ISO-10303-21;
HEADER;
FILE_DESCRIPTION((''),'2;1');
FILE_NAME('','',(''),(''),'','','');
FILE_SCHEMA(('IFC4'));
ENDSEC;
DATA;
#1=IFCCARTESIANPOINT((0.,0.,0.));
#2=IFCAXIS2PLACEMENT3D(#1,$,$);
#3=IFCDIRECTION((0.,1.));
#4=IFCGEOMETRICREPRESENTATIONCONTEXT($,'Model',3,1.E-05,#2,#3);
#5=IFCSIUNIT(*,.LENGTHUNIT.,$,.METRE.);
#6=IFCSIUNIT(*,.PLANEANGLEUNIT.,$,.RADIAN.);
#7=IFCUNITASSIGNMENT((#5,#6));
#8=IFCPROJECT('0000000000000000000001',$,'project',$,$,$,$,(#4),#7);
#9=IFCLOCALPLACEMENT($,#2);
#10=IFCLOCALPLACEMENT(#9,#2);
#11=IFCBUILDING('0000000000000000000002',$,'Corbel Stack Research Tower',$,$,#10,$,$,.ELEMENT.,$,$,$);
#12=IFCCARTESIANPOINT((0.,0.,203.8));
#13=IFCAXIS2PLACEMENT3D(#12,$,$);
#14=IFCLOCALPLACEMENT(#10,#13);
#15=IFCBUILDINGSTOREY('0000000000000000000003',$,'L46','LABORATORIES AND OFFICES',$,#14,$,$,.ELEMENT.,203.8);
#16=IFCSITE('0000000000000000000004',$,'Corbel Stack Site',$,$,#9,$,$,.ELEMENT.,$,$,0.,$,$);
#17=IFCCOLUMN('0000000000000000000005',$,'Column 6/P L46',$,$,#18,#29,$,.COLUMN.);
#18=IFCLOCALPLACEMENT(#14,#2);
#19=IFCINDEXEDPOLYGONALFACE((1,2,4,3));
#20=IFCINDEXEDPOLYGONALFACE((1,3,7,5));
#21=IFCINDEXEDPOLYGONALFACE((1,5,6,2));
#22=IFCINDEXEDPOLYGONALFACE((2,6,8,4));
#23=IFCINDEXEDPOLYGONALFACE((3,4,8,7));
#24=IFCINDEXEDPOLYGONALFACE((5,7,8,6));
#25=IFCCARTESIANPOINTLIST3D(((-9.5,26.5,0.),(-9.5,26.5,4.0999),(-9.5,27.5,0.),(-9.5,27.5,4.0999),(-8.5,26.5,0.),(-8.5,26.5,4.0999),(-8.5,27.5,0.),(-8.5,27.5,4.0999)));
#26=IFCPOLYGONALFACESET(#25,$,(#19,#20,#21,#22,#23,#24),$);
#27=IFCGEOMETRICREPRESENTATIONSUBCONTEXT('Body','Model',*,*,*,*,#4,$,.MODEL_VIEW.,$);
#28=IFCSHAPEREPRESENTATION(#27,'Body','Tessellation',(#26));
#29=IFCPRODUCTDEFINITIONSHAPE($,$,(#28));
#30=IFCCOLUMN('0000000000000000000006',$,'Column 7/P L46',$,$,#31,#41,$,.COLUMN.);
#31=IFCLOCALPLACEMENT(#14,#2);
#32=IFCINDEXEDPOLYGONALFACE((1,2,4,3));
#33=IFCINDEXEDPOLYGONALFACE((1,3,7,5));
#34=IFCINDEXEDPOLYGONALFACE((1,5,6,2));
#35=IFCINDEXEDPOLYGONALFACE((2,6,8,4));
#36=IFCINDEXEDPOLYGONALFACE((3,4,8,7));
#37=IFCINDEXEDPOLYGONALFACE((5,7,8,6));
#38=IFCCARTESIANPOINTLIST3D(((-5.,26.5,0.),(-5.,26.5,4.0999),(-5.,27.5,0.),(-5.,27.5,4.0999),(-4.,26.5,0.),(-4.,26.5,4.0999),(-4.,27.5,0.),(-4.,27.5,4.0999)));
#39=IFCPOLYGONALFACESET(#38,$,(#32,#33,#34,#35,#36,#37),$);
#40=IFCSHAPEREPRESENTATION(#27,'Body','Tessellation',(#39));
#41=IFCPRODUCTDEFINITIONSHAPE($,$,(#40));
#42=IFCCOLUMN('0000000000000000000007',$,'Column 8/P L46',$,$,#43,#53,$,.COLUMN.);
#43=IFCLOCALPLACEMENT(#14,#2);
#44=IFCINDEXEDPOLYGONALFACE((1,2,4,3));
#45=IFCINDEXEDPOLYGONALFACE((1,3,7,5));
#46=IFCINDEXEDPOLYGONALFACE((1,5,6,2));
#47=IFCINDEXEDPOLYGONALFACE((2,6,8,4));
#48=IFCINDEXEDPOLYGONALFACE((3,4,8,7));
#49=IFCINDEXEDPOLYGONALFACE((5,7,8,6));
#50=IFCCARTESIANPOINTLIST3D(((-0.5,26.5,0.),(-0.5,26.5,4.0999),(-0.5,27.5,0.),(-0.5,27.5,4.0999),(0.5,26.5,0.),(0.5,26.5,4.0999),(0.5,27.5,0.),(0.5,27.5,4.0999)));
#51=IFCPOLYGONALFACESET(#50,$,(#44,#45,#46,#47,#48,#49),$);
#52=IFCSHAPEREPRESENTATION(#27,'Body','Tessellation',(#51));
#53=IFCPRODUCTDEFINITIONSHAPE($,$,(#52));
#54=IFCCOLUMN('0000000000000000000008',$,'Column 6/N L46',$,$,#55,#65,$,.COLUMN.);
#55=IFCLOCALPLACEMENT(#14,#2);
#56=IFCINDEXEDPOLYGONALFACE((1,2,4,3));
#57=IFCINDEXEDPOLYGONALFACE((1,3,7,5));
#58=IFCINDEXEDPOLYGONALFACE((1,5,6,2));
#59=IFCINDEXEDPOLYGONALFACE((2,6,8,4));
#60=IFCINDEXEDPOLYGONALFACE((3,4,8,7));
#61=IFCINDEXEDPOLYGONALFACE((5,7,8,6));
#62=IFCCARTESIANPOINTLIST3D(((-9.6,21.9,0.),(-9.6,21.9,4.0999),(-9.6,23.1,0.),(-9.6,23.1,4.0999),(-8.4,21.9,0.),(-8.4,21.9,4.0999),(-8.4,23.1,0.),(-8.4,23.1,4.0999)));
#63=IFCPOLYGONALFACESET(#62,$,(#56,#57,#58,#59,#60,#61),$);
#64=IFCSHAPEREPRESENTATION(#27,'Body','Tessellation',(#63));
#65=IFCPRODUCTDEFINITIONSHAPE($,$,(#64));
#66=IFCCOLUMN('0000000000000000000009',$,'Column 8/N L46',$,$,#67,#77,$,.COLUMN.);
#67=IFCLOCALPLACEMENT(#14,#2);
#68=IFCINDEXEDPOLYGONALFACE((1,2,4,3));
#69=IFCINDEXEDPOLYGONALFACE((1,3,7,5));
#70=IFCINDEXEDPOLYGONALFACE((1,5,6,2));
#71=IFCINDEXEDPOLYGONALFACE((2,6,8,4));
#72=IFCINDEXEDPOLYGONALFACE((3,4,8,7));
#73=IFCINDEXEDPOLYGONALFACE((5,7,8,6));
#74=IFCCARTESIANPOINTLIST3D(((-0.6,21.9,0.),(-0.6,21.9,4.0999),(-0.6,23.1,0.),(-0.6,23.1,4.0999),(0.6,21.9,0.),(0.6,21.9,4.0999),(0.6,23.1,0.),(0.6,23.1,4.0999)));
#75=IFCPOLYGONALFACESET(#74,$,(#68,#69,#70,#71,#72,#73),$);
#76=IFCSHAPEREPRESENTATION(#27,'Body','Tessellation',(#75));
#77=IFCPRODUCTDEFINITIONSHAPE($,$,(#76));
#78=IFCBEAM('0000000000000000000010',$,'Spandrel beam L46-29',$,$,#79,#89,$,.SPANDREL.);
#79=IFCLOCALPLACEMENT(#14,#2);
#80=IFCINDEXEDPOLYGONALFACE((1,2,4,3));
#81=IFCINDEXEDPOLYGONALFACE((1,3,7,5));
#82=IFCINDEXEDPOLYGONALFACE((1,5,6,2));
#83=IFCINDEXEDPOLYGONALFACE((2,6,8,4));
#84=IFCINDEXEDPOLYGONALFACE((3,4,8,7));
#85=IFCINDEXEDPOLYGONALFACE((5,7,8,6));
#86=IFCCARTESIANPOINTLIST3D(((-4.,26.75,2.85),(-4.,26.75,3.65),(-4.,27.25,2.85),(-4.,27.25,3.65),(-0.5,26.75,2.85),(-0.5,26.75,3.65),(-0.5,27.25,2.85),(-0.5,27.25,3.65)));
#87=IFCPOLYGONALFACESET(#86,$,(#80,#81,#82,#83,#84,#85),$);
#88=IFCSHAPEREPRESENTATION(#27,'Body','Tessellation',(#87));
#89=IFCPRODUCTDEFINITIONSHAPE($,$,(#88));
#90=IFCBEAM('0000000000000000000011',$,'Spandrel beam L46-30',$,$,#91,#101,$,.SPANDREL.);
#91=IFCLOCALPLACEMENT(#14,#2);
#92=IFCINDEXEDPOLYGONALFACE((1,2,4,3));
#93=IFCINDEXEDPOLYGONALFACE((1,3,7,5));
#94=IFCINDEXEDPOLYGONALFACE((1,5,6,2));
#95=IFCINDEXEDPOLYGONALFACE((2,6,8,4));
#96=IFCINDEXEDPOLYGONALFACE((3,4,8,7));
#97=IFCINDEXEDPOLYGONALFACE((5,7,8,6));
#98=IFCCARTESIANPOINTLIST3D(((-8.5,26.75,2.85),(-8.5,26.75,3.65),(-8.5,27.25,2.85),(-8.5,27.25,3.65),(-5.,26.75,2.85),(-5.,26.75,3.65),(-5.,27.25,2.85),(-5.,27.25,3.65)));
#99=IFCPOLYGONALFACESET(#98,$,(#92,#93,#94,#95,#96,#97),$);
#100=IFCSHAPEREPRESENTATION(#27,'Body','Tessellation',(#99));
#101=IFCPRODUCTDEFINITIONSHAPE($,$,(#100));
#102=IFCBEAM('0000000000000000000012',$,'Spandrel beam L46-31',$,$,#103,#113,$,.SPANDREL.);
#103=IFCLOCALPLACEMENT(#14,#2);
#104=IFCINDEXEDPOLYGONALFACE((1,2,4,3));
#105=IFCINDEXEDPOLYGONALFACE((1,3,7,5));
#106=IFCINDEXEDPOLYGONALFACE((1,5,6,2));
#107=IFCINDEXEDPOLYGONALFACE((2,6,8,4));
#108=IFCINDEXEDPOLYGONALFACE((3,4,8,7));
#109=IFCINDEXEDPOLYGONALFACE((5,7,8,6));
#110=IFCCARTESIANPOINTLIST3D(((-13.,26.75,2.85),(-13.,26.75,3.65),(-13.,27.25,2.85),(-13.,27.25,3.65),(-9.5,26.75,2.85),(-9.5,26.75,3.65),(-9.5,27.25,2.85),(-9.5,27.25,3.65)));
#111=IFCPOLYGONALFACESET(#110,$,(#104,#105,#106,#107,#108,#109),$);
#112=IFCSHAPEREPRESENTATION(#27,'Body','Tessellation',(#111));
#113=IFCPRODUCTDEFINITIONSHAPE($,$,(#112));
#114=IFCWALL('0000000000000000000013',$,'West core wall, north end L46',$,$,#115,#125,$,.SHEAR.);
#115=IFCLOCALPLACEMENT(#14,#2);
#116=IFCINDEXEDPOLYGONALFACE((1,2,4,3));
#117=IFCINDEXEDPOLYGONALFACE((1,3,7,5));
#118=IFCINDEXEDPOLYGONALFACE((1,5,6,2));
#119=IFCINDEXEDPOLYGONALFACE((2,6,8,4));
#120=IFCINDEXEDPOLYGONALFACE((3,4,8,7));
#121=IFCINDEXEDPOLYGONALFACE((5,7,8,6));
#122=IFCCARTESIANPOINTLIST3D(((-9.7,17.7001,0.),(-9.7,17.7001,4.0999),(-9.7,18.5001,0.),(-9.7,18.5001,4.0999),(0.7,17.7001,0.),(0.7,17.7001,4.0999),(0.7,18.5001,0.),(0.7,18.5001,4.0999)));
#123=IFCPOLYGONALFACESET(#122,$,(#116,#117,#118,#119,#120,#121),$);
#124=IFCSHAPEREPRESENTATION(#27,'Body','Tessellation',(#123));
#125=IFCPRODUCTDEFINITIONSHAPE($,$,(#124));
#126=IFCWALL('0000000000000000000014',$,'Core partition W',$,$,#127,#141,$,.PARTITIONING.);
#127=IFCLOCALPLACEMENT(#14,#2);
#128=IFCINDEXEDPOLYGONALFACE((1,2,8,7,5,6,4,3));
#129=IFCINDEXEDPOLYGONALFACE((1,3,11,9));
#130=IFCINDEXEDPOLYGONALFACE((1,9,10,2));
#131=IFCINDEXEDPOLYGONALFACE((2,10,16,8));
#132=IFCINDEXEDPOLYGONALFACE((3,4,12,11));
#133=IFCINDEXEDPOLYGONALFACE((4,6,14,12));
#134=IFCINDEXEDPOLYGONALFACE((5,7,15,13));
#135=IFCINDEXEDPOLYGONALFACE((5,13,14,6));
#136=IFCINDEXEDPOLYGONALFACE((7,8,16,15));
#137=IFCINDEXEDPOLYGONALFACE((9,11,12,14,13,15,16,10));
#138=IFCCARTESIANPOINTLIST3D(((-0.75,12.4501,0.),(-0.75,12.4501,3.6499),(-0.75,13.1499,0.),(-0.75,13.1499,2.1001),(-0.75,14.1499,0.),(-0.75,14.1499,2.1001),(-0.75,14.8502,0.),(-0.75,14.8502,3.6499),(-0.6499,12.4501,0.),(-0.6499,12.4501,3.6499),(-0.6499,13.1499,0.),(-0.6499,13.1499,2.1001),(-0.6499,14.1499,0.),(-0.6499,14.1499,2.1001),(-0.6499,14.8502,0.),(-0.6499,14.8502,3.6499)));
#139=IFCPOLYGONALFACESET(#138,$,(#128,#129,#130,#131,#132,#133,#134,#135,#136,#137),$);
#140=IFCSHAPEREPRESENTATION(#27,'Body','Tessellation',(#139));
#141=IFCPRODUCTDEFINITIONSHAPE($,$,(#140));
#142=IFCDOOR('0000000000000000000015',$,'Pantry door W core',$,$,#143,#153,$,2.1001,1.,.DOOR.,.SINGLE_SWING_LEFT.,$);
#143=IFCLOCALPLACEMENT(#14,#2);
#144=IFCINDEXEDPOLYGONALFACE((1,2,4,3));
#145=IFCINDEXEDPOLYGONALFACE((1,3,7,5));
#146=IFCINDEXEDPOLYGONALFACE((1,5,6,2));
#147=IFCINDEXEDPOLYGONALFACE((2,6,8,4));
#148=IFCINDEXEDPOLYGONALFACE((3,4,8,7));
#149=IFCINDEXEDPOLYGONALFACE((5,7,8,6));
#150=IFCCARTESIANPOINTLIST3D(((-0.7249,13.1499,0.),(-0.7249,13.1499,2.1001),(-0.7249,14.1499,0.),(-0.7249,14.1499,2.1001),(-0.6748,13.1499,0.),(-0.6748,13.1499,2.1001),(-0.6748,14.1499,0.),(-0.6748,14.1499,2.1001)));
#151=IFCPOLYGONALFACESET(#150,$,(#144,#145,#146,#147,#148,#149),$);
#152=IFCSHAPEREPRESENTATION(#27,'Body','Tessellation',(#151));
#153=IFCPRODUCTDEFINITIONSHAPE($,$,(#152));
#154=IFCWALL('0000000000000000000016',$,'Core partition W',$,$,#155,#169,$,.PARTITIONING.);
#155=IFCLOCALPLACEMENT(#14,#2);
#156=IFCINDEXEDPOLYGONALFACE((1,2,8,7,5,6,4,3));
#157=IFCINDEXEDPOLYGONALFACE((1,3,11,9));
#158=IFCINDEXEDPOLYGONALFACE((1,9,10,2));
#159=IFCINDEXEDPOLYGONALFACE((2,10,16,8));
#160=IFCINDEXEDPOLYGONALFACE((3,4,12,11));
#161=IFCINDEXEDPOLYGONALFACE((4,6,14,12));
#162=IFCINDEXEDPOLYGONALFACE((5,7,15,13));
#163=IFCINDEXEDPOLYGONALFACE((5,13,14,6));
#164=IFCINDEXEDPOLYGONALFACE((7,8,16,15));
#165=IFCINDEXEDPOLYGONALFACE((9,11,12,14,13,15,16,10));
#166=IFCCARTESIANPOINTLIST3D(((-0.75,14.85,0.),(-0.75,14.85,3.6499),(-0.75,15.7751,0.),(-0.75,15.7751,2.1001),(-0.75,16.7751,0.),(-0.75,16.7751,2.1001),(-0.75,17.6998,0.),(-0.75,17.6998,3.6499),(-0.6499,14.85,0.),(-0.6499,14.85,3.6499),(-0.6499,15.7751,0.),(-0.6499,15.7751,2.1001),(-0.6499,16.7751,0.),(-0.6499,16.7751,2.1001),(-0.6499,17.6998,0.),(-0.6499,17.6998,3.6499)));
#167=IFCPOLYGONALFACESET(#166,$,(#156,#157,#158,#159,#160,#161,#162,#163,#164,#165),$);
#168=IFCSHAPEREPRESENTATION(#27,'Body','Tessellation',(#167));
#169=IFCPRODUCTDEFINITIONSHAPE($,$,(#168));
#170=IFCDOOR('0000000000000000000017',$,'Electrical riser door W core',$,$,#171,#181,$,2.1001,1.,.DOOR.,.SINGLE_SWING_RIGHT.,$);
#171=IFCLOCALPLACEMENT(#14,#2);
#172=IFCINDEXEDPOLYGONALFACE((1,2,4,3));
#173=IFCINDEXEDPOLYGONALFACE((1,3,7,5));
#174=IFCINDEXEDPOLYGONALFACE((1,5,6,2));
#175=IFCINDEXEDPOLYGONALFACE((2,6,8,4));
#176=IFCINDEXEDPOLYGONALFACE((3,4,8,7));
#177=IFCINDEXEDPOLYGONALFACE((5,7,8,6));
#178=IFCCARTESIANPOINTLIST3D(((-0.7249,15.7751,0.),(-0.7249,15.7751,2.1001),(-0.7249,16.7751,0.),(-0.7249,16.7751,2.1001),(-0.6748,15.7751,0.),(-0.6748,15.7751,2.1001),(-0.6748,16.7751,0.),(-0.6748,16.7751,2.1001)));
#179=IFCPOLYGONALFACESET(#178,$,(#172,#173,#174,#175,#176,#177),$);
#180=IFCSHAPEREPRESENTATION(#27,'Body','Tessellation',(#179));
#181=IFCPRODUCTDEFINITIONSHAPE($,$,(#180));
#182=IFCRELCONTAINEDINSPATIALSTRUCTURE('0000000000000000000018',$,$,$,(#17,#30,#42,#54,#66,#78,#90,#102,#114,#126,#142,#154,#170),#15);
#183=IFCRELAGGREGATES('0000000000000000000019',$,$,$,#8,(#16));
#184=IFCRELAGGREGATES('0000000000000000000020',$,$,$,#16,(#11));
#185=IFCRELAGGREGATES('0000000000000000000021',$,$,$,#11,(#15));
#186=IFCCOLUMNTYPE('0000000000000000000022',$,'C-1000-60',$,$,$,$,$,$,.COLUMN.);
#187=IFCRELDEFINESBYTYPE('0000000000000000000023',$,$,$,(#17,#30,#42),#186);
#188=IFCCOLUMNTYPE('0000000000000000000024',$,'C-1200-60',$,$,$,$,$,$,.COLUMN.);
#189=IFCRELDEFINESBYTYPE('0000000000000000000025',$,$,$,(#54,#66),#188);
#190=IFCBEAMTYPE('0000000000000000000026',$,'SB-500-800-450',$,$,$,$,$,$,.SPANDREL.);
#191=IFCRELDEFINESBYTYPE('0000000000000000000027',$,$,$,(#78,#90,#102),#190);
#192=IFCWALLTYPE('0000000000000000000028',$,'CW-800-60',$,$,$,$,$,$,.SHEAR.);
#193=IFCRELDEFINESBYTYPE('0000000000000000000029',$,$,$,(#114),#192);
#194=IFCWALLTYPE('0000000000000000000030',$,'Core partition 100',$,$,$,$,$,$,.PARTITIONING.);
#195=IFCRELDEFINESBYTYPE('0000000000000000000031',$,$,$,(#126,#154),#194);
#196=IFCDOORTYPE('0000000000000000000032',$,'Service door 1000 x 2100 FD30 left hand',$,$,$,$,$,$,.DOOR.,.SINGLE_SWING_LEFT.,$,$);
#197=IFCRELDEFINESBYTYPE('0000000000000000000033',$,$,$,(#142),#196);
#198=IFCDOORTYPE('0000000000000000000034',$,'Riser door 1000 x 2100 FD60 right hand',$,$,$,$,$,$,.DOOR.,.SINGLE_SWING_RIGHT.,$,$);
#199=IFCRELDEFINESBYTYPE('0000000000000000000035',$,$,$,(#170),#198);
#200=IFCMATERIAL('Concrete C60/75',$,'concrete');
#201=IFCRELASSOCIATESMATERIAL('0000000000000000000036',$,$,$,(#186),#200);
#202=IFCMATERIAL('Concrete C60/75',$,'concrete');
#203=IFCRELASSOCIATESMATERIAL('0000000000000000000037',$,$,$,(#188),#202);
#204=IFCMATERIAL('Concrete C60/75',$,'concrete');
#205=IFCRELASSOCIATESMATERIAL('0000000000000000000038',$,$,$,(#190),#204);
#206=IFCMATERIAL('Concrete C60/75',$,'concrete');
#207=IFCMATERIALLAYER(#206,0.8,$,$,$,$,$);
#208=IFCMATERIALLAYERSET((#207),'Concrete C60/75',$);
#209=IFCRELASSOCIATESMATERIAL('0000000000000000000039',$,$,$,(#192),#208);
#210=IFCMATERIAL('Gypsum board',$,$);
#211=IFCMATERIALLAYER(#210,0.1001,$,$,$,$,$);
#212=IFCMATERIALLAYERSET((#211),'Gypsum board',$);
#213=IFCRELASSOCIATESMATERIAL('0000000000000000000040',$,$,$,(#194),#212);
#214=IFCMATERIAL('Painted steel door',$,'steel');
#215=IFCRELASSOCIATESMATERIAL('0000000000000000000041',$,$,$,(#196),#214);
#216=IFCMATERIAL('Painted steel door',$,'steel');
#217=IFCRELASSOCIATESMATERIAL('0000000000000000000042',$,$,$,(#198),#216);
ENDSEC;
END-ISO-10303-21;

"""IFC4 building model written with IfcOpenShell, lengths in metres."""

from ifc_helpers import new_model, si_unit, direction, frame, frame_2d, origin, origin_2d, place, context, subcontext, project, spatial, rectangle, extrude, material, layer, layer_set, material_profile, profile_set, type_object, element, fill, save


model = new_model("IFC4")

# Units and contexts
model_context = context("Model", 3, precision=1e-05, world=origin(), true_north=direction((0.0, 1.0)))
body_context = subcontext(model_context, "Body", "Model", "MODEL_VIEW")
ifc_project = project(units=[si_unit("LENGTHUNIT", "METRE"), si_unit("PLANEANGLEUNIT", "RADIAN")], contexts=[model_context])

# Site, building, storey
site_placement = place(None, origin())
site = spatial("IfcSite", under=ifc_project, at=site_placement, Name="Corbel Stack Site", CompositionType="ELEMENT", RefElevation=0.0)
building_placement = place(site_placement, origin())
building = spatial("IfcBuilding", under=site, at=building_placement, Name="Corbel Stack Research Tower", CompositionType="ELEMENT")
storey_placement = place(building_placement, frame((0.0, 0.0, 203.8)))
storey = spatial("IfcBuildingStorey", under=building, at=storey_placement, Name="L46", Description="LABORATORIES AND OFFICES", CompositionType="ELEMENT", Elevation=203.8)

# Columns
ifc_material_1 = material(Name="Concrete C60/75", Category="concrete")
ifc_material_profile_1 = material_profile(ifc_material_1, rectangle(XDim=1.0, YDim=1.0, at=origin_2d()), Name="RC 1000 x 1000")
ifc_profile_set_1 = profile_set([ifc_material_profile_1], Name="Concrete C60/75")
column_type_1 = type_object("IfcColumnType", Name="C-1000-60", PredefinedType="COLUMN", material=ifc_profile_set_1)
for number, where, z_axis, x_axis, name in (
    (1, (-9.0, 27.0, 0.0), (0.0, 0.0, 1.0), (1.0, 0.0, 0.0), "Column 6/P L46"),
    (2, (-4.5, 27.0, 0.0), (0.0, 0.0, 1.0), (1.0, 0.0, 0.0), "Column 7/P L46"),
    (3, (0.0, 27.0, 0.0), (0.0, 0.0, 1.0), (1.0, 0.0, 0.0), "Column 8/P L46"),
):
    element("IfcColumn", number, at=place(storey_placement, frame(where, z_axis=z_axis, x_axis=x_axis)), inside=storey, type_object=column_type_1, Name=name, PredefinedType="COLUMN", context=body_context, shape_type="SweptSolid", body=[
        extrude(rectangle(XDim=1.0, YDim=1.0, at=origin_2d()), origin(), (0.0, 0.0, 1.0), 4.0999),
    ])
ifc_material_2 = material(Name="Concrete C60/75", Category="concrete")
ifc_material_profile_2 = material_profile(ifc_material_2, rectangle(XDim=1.2, YDim=1.2, at=origin_2d()), Name="RC 1200 x 1200")
ifc_profile_set_2 = profile_set([ifc_material_profile_2], Name="Concrete C60/75")
column_type_2 = type_object("IfcColumnType", Name="C-1200-60", PredefinedType="COLUMN", material=ifc_profile_set_2)
for number, where, z_axis, x_axis, name in (
    (4, (-9.0, 22.5, 0.0), (0.0, 0.0, 1.0), (1.0, 0.0, 0.0), "Column 6/N L46"),
    (5, (0.0, 22.5, 0.0), (0.0, 0.0, 1.0), (1.0, 0.0, 0.0), "Column 8/N L46"),
):
    element("IfcColumn", number, at=place(storey_placement, frame(where, z_axis=z_axis, x_axis=x_axis)), inside=storey, type_object=column_type_2, Name=name, PredefinedType="COLUMN", context=body_context, shape_type="SweptSolid", body=[
        extrude(rectangle(XDim=1.2, YDim=1.2, at=origin_2d()), origin(), (0.0, 0.0, 1.0), 4.0999),
    ])

# Beams
ifc_material_3 = material(Name="Concrete C60/75", Category="concrete")
ifc_material_profile_3 = material_profile(ifc_material_3, rectangle(XDim=0.5, YDim=0.8, at=origin_2d()), Name="RC 500 x 800")
ifc_profile_set_3 = profile_set([ifc_material_profile_3], Name="Concrete C60/75")
beam_type = type_object("IfcBeamType", Name="SB-500-800-450", PredefinedType="SPANDREL", material=ifc_profile_set_3)
for number, where, z_axis, x_axis, name in (
    (6, (-0.5, 27.0, 3.25), (-1.0, 0.0, 0.0), (0.0, -1.0, 0.0), "Spandrel beam L46-29"),
    (7, (-5.0, 27.0, 3.25), (-1.0, 0.0, 0.0), (0.0, -1.0, 0.0), "Spandrel beam L46-30"),
    (8, (-9.5, 27.0, 3.25), (-1.0, 0.0, 0.0), (0.0, -1.0, 0.0), "Spandrel beam L46-31"),
):
    element("IfcBeam", number, at=place(storey_placement, frame(where, z_axis=z_axis, x_axis=x_axis)), inside=storey, type_object=beam_type, Name=name, PredefinedType="SPANDREL", context=body_context, shape_type="SweptSolid", body=[
        extrude(rectangle(XDim=0.5, YDim=0.8, at=origin_2d()), origin(), (0.0, 0.0, 1.0), 3.5),
    ])

# Wall
ifc_material_4 = material(Name="Concrete C60/75", Category="concrete")
ifc_layer_1 = layer(ifc_material_4, 0.8)
ifc_layer_set_1 = layer_set([ifc_layer_1], Name="Concrete C60/75")
wall_type_1 = type_object("IfcWallType", Name="CW-800-60", PredefinedType="SHEAR", material=ifc_layer_set_1)
wall_1_placement = place(storey_placement, frame((-9.7, 18.1001, 0.0), z_axis=(0.0, 0.0, 1.0), x_axis=(1.0, 0.0, 0.0)))
element("IfcWall", 9, at=wall_1_placement, inside=storey, type_object=wall_type_1, Name="West core wall, north end L46", PredefinedType="SHEAR", context=body_context, shape_type="SweptSolid", body=[
    extrude(rectangle(XDim=10.3999, YDim=0.8, at=frame_2d((5.2, 0.0))), origin(), (0.0, 0.0, 1.0), 4.0999),
])

# Walls, openings, doors
ifc_material_5 = material(Name="Gypsum board")
ifc_layer_2 = layer(ifc_material_5, 0.1001)
ifc_layer_set_2 = layer_set([ifc_layer_2], Name="Gypsum board")
wall_type_2 = type_object("IfcWallType", Name="Core partition 100", PredefinedType="PARTITIONING", material=ifc_layer_set_2)
wall_2_placement = place(storey_placement, frame((-0.7, 12.45, 0.0), z_axis=(0.0, 0.0, 1.0), x_axis=(0.0, 1.0, 0.0)))
wall_2 = element("IfcWall", 10, at=wall_2_placement, inside=storey, type_object=wall_type_2, Name="Core partition W", PredefinedType="PARTITIONING", context=body_context, shape_type="SweptSolid", body=[
    extrude(rectangle(XDim=2.4001, YDim=0.1001, at=frame_2d((1.2002, 0.0))), origin(), (0.0, 0.0, 1.0), 3.6499),
])
opening_1_placement = place(wall_2_placement, frame((0.7, 0.0, 0.0)))
opening_1 = element("IfcOpeningElement", 11, at=opening_1_placement, cuts=wall_2, PredefinedType="OPENING", context=body_context, shape_type="SweptSolid", body=[
    extrude(rectangle(XDim=1.0, YDim=2.1001, at=frame_2d((0.5, 1.05))), frame((0.0, 0.0601, 0.0), z_axis=(0.0, -1.0, 0.0), x_axis=(1.0, 0.0, 0.0)), (0.0, 0.0, 1.0), 0.1201),
])
ifc_material_6 = material(Name="Painted steel door", Category="steel")
door_type_1 = type_object("IfcDoorType", Name="Service door 1000 x 2100 FD30 left hand", OperationType="SINGLE_SWING_LEFT", PredefinedType="DOOR", material=ifc_material_6)
door_1_placement = place(opening_1_placement, origin())
door_1 = element("IfcDoor", 12, at=door_1_placement, inside=storey, type_object=door_type_1, Name="Pantry door W core", OperationType="SINGLE_SWING_LEFT", OverallHeight=2.1001, OverallWidth=1.0, PredefinedType="DOOR", context=body_context, shape_type="SweptSolid", body=[
    extrude(rectangle(XDim=1.0, YDim=2.1001, at=frame_2d((0.5, 1.05))), frame((0.0, 0.0249, 0.0), z_axis=(0.0, -1.0, 0.0), x_axis=(1.0, 0.0, 0.0)), (0.0, 0.0, 1.0), 0.05),
])
fill(opening_1, door_1)
wall_3_placement = place(storey_placement, frame((-0.7, 14.8501, 0.0), z_axis=(0.0, 0.0, 1.0), x_axis=(0.0, 1.0, 0.0)))
wall_3 = element("IfcWall", 13, at=wall_3_placement, inside=storey, type_object=wall_type_2, Name="Core partition W", PredefinedType="PARTITIONING", context=body_context, shape_type="SweptSolid", body=[
    extrude(rectangle(XDim=2.8499, YDim=0.1001, at=frame_2d((1.4248, 0.0))), origin(), (0.0, 0.0, 1.0), 3.6499),
])
opening_2_placement = place(wall_3_placement, frame((0.925, 0.0, 0.0)))
opening_2 = element("IfcOpeningElement", 14, at=opening_2_placement, cuts=wall_3, PredefinedType="OPENING", context=body_context, shape_type="SweptSolid", body=[
    extrude(rectangle(XDim=1.0, YDim=2.1001, at=frame_2d((0.5, 1.05))), frame((0.0, 0.0601, 0.0), z_axis=(0.0, -1.0, 0.0), x_axis=(1.0, 0.0, 0.0)), (0.0, 0.0, 1.0), 0.1201),
])
ifc_material_7 = material(Name="Painted steel door", Category="steel")
door_type_2 = type_object("IfcDoorType", Name="Riser door 1000 x 2100 FD60 right hand", OperationType="SINGLE_SWING_RIGHT", PredefinedType="DOOR", material=ifc_material_7)
door_2_placement = place(opening_2_placement, origin())
door_2 = element("IfcDoor", 15, at=door_2_placement, inside=storey, type_object=door_type_2, Name="Electrical riser door W core", OperationType="SINGLE_SWING_RIGHT", OverallHeight=2.1001, OverallWidth=1.0, PredefinedType="DOOR", context=body_context, shape_type="SweptSolid", body=[
    extrude(rectangle(XDim=1.0, YDim=2.1001, at=frame_2d((0.5, 1.05))), frame((0.0, 0.0249, 0.0), z_axis=(0.0, -1.0, 0.0), x_axis=(1.0, 0.0, 0.0)), (0.0, 0.0, 1.0), 0.05),
])
fill(opening_2, door_2)

save(model, "model.ifc")
